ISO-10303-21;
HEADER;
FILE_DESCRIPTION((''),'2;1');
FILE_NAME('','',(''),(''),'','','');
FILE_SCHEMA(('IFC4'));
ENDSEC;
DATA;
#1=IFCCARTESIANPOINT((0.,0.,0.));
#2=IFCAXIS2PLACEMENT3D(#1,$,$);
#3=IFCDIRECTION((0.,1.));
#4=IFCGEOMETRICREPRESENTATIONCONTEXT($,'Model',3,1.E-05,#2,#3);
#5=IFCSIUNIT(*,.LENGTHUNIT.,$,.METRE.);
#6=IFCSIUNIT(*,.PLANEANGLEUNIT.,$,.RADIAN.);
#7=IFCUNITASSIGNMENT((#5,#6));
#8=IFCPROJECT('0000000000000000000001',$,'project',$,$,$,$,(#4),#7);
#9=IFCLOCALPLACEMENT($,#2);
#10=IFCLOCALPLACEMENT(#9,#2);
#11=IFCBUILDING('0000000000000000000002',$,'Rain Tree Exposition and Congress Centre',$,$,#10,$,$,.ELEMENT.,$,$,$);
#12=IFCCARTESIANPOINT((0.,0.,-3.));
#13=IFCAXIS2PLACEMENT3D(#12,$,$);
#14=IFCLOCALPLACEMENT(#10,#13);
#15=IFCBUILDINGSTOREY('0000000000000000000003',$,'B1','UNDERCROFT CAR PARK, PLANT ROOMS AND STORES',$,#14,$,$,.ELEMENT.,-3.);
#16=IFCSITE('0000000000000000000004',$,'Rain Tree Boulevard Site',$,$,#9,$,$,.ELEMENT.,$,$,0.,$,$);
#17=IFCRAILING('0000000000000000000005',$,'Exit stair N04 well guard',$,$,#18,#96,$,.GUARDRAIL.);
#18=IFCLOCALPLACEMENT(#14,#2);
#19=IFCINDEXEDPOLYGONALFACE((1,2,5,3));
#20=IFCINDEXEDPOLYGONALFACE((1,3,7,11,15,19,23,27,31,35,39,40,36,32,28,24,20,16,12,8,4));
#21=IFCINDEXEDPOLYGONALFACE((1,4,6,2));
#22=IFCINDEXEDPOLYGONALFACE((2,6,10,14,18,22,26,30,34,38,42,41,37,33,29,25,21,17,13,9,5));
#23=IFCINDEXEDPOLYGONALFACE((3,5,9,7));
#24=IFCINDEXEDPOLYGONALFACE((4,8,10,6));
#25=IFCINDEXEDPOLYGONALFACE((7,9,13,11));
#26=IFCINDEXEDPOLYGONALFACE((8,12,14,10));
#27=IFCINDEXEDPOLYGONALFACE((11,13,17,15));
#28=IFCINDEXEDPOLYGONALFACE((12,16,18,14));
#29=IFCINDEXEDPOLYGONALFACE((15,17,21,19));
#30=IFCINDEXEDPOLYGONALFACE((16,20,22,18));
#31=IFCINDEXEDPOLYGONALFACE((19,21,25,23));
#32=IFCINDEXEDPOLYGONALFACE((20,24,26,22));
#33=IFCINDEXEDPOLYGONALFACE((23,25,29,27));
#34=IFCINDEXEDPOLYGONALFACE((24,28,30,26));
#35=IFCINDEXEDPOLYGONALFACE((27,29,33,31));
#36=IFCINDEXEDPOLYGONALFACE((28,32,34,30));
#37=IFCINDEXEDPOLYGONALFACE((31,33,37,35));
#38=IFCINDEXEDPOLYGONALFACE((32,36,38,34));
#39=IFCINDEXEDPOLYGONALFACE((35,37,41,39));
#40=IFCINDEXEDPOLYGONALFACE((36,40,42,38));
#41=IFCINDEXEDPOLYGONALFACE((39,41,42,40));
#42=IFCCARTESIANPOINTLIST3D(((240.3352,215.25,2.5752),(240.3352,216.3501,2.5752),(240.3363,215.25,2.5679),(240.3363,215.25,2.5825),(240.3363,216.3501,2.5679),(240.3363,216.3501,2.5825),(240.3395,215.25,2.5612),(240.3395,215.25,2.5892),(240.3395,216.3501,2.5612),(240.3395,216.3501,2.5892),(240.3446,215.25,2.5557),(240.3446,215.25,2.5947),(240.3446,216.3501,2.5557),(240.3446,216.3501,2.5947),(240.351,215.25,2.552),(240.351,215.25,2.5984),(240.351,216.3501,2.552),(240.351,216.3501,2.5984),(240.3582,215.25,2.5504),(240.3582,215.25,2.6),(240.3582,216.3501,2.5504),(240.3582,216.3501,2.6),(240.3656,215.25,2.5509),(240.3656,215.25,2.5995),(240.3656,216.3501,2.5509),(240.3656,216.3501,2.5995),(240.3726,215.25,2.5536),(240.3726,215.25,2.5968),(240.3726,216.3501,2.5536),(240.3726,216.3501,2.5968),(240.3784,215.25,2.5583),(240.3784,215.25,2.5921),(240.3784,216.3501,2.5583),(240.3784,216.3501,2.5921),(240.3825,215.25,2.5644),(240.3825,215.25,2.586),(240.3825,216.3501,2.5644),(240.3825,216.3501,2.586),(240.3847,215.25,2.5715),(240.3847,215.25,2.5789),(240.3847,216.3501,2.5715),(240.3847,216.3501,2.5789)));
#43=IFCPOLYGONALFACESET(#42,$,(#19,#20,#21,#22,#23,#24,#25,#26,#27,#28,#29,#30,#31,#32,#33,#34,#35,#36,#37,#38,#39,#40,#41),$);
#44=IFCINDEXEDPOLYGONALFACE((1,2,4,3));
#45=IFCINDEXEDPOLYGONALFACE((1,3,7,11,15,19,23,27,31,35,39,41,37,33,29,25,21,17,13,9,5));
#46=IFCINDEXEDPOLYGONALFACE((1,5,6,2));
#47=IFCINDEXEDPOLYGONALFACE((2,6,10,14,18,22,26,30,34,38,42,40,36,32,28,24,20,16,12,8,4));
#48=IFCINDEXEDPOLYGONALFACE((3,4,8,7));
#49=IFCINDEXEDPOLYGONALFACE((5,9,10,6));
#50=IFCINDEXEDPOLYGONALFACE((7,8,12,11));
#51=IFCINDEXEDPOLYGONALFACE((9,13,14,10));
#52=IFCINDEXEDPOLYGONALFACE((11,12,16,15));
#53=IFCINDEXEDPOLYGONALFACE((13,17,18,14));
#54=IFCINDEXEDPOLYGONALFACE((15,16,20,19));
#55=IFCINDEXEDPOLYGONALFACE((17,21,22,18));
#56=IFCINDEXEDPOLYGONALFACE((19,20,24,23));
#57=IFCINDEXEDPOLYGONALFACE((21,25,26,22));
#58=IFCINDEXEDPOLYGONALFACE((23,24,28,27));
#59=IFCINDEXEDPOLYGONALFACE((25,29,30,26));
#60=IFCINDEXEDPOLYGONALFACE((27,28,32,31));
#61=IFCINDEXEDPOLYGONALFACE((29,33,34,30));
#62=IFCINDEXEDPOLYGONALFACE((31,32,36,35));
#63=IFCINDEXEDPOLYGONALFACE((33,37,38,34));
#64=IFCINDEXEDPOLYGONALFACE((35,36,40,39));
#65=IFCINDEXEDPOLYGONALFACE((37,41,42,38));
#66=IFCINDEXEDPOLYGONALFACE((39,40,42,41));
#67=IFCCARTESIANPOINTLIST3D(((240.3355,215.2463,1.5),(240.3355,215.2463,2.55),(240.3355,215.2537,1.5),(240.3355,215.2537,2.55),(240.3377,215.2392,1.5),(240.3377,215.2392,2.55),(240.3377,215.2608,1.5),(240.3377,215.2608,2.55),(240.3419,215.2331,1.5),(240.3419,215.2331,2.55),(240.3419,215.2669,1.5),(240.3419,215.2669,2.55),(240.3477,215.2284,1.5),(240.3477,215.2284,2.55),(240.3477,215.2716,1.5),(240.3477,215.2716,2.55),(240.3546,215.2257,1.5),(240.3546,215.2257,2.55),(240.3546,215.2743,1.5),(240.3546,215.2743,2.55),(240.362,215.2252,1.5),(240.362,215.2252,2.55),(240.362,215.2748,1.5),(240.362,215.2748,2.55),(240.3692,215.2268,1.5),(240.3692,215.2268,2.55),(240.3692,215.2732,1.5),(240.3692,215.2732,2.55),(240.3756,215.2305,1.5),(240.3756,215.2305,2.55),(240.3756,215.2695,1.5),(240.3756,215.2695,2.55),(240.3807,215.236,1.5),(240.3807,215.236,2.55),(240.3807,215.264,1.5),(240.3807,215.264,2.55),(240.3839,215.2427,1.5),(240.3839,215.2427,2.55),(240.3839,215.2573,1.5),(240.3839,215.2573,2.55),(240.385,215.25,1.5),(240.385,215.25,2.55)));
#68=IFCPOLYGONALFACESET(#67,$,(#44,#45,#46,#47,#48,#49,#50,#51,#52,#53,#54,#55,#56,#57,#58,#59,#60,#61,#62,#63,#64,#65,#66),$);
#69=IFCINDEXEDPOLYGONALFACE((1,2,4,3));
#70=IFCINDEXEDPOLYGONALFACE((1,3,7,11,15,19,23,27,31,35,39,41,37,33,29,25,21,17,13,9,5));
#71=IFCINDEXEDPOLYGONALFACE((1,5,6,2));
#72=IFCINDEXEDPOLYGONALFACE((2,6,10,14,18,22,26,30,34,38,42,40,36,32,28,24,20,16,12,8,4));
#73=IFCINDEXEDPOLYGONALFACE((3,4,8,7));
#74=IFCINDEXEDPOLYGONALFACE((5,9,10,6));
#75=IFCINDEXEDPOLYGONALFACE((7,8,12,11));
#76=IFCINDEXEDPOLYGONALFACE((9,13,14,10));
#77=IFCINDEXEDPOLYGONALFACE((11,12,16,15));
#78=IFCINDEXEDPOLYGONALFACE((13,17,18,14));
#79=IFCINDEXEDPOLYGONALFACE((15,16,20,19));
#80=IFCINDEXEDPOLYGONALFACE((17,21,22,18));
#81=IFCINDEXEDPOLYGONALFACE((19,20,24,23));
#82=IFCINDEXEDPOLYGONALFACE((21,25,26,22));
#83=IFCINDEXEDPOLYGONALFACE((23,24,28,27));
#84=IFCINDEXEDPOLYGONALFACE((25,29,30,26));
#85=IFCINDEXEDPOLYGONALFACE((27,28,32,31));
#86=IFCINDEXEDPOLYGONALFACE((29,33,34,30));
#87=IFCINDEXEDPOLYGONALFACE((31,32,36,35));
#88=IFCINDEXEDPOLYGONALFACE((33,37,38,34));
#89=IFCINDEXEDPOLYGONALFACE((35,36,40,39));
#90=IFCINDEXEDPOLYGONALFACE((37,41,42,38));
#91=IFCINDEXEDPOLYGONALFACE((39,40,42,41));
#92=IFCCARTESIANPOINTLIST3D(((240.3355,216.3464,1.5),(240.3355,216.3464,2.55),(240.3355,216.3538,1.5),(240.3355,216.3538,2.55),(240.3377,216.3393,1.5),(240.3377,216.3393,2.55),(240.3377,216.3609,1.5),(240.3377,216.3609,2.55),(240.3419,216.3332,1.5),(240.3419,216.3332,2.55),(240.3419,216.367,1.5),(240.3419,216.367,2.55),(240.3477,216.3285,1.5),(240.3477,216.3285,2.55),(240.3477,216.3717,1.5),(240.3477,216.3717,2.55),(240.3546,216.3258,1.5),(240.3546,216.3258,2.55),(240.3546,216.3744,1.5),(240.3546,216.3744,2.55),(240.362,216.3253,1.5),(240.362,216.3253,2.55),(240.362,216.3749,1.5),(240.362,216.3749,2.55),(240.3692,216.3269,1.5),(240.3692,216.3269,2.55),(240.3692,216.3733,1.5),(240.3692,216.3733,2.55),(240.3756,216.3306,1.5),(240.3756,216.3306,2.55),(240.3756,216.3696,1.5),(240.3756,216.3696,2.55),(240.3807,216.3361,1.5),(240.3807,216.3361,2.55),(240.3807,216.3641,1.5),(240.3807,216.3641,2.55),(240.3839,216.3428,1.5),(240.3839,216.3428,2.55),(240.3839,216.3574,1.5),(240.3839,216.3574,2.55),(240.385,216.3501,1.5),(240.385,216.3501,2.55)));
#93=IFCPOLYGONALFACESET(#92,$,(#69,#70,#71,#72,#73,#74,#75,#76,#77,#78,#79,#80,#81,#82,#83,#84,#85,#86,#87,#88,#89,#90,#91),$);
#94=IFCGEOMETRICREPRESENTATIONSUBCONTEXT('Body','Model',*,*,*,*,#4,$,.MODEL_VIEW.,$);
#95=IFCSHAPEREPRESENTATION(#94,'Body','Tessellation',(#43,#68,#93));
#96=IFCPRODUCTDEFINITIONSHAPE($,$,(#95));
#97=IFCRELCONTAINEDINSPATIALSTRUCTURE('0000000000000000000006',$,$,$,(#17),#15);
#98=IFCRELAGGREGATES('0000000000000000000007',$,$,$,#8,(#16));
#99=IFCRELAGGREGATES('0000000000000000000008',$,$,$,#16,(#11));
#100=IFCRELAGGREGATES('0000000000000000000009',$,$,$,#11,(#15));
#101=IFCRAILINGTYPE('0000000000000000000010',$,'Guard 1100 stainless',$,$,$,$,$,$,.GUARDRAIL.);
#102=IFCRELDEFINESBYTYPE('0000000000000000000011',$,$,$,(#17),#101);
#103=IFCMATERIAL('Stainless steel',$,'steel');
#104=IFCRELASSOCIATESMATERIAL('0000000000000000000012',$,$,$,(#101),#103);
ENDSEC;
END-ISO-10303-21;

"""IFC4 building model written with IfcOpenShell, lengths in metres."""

from ifc_helpers import new_model, si_unit, direction, frame, origin, origin_2d, place, context, subcontext, project, spatial, circle, extrude, material, type_object, element, save


model = new_model("IFC4")

# Units and contexts
model_context = context("Model", 3, precision=1e-05, world=origin(), true_north=direction((0.0, 1.0)))
body_context = subcontext(model_context, "Body", "Model", "MODEL_VIEW")
ifc_project = project(units=[si_unit("LENGTHUNIT", "METRE"), si_unit("PLANEANGLEUNIT", "RADIAN")], contexts=[model_context])

# Site, building, storey
site_placement = place(None, origin())
site = spatial("IfcSite", under=ifc_project, at=site_placement, Name="Rain Tree Boulevard Site", CompositionType="ELEMENT", RefElevation=0.0)
building_placement = place(site_placement, origin())
building = spatial("IfcBuilding", under=site, at=building_placement, Name="Rain Tree Exposition and Congress Centre", CompositionType="ELEMENT")
storey_placement = place(building_placement, frame((0.0, 0.0, -3.0)))
storey = spatial("IfcBuildingStorey", under=building, at=storey_placement, Name="B1", Description="UNDERCROFT CAR PARK, PLANT ROOMS AND STORES", CompositionType="ELEMENT", Elevation=-3.0)

# Railing
ifc_material_1 = material(Name="Stainless steel", Category="steel")
railing_type = type_object("IfcRailingType", Name="Guard 1100 stainless", PredefinedType="GUARDRAIL", material=ifc_material_1)
railing_placement = place(storey_placement, frame((240.3601, 215.25, 1.5)))
element("IfcRailing", 1, at=railing_placement, inside=storey, type_object=railing_type, Name="Exit stair N04 well guard", PredefinedType="GUARDRAIL", context=body_context, shape_type="SweptSolid", body=[
    extrude(circle(Radius=0.0249, at=origin_2d()), frame((0.0, 0.0, 1.0752), z_axis=(0.0, 1.0, 0.0), x_axis=(-1.0, 0.0, 0.0)), (0.0, 0.0, 1.0), 1.1001),
    extrude(circle(Radius=0.0249, at=origin_2d()), origin(), (0.0, 0.0, 1.0), 1.05),
    extrude(circle(Radius=0.0249, at=origin_2d()), frame((0.0, 1.1001, 0.0)), (0.0, 0.0, 1.0), 1.05),
])

save(model, "model.ifc")
